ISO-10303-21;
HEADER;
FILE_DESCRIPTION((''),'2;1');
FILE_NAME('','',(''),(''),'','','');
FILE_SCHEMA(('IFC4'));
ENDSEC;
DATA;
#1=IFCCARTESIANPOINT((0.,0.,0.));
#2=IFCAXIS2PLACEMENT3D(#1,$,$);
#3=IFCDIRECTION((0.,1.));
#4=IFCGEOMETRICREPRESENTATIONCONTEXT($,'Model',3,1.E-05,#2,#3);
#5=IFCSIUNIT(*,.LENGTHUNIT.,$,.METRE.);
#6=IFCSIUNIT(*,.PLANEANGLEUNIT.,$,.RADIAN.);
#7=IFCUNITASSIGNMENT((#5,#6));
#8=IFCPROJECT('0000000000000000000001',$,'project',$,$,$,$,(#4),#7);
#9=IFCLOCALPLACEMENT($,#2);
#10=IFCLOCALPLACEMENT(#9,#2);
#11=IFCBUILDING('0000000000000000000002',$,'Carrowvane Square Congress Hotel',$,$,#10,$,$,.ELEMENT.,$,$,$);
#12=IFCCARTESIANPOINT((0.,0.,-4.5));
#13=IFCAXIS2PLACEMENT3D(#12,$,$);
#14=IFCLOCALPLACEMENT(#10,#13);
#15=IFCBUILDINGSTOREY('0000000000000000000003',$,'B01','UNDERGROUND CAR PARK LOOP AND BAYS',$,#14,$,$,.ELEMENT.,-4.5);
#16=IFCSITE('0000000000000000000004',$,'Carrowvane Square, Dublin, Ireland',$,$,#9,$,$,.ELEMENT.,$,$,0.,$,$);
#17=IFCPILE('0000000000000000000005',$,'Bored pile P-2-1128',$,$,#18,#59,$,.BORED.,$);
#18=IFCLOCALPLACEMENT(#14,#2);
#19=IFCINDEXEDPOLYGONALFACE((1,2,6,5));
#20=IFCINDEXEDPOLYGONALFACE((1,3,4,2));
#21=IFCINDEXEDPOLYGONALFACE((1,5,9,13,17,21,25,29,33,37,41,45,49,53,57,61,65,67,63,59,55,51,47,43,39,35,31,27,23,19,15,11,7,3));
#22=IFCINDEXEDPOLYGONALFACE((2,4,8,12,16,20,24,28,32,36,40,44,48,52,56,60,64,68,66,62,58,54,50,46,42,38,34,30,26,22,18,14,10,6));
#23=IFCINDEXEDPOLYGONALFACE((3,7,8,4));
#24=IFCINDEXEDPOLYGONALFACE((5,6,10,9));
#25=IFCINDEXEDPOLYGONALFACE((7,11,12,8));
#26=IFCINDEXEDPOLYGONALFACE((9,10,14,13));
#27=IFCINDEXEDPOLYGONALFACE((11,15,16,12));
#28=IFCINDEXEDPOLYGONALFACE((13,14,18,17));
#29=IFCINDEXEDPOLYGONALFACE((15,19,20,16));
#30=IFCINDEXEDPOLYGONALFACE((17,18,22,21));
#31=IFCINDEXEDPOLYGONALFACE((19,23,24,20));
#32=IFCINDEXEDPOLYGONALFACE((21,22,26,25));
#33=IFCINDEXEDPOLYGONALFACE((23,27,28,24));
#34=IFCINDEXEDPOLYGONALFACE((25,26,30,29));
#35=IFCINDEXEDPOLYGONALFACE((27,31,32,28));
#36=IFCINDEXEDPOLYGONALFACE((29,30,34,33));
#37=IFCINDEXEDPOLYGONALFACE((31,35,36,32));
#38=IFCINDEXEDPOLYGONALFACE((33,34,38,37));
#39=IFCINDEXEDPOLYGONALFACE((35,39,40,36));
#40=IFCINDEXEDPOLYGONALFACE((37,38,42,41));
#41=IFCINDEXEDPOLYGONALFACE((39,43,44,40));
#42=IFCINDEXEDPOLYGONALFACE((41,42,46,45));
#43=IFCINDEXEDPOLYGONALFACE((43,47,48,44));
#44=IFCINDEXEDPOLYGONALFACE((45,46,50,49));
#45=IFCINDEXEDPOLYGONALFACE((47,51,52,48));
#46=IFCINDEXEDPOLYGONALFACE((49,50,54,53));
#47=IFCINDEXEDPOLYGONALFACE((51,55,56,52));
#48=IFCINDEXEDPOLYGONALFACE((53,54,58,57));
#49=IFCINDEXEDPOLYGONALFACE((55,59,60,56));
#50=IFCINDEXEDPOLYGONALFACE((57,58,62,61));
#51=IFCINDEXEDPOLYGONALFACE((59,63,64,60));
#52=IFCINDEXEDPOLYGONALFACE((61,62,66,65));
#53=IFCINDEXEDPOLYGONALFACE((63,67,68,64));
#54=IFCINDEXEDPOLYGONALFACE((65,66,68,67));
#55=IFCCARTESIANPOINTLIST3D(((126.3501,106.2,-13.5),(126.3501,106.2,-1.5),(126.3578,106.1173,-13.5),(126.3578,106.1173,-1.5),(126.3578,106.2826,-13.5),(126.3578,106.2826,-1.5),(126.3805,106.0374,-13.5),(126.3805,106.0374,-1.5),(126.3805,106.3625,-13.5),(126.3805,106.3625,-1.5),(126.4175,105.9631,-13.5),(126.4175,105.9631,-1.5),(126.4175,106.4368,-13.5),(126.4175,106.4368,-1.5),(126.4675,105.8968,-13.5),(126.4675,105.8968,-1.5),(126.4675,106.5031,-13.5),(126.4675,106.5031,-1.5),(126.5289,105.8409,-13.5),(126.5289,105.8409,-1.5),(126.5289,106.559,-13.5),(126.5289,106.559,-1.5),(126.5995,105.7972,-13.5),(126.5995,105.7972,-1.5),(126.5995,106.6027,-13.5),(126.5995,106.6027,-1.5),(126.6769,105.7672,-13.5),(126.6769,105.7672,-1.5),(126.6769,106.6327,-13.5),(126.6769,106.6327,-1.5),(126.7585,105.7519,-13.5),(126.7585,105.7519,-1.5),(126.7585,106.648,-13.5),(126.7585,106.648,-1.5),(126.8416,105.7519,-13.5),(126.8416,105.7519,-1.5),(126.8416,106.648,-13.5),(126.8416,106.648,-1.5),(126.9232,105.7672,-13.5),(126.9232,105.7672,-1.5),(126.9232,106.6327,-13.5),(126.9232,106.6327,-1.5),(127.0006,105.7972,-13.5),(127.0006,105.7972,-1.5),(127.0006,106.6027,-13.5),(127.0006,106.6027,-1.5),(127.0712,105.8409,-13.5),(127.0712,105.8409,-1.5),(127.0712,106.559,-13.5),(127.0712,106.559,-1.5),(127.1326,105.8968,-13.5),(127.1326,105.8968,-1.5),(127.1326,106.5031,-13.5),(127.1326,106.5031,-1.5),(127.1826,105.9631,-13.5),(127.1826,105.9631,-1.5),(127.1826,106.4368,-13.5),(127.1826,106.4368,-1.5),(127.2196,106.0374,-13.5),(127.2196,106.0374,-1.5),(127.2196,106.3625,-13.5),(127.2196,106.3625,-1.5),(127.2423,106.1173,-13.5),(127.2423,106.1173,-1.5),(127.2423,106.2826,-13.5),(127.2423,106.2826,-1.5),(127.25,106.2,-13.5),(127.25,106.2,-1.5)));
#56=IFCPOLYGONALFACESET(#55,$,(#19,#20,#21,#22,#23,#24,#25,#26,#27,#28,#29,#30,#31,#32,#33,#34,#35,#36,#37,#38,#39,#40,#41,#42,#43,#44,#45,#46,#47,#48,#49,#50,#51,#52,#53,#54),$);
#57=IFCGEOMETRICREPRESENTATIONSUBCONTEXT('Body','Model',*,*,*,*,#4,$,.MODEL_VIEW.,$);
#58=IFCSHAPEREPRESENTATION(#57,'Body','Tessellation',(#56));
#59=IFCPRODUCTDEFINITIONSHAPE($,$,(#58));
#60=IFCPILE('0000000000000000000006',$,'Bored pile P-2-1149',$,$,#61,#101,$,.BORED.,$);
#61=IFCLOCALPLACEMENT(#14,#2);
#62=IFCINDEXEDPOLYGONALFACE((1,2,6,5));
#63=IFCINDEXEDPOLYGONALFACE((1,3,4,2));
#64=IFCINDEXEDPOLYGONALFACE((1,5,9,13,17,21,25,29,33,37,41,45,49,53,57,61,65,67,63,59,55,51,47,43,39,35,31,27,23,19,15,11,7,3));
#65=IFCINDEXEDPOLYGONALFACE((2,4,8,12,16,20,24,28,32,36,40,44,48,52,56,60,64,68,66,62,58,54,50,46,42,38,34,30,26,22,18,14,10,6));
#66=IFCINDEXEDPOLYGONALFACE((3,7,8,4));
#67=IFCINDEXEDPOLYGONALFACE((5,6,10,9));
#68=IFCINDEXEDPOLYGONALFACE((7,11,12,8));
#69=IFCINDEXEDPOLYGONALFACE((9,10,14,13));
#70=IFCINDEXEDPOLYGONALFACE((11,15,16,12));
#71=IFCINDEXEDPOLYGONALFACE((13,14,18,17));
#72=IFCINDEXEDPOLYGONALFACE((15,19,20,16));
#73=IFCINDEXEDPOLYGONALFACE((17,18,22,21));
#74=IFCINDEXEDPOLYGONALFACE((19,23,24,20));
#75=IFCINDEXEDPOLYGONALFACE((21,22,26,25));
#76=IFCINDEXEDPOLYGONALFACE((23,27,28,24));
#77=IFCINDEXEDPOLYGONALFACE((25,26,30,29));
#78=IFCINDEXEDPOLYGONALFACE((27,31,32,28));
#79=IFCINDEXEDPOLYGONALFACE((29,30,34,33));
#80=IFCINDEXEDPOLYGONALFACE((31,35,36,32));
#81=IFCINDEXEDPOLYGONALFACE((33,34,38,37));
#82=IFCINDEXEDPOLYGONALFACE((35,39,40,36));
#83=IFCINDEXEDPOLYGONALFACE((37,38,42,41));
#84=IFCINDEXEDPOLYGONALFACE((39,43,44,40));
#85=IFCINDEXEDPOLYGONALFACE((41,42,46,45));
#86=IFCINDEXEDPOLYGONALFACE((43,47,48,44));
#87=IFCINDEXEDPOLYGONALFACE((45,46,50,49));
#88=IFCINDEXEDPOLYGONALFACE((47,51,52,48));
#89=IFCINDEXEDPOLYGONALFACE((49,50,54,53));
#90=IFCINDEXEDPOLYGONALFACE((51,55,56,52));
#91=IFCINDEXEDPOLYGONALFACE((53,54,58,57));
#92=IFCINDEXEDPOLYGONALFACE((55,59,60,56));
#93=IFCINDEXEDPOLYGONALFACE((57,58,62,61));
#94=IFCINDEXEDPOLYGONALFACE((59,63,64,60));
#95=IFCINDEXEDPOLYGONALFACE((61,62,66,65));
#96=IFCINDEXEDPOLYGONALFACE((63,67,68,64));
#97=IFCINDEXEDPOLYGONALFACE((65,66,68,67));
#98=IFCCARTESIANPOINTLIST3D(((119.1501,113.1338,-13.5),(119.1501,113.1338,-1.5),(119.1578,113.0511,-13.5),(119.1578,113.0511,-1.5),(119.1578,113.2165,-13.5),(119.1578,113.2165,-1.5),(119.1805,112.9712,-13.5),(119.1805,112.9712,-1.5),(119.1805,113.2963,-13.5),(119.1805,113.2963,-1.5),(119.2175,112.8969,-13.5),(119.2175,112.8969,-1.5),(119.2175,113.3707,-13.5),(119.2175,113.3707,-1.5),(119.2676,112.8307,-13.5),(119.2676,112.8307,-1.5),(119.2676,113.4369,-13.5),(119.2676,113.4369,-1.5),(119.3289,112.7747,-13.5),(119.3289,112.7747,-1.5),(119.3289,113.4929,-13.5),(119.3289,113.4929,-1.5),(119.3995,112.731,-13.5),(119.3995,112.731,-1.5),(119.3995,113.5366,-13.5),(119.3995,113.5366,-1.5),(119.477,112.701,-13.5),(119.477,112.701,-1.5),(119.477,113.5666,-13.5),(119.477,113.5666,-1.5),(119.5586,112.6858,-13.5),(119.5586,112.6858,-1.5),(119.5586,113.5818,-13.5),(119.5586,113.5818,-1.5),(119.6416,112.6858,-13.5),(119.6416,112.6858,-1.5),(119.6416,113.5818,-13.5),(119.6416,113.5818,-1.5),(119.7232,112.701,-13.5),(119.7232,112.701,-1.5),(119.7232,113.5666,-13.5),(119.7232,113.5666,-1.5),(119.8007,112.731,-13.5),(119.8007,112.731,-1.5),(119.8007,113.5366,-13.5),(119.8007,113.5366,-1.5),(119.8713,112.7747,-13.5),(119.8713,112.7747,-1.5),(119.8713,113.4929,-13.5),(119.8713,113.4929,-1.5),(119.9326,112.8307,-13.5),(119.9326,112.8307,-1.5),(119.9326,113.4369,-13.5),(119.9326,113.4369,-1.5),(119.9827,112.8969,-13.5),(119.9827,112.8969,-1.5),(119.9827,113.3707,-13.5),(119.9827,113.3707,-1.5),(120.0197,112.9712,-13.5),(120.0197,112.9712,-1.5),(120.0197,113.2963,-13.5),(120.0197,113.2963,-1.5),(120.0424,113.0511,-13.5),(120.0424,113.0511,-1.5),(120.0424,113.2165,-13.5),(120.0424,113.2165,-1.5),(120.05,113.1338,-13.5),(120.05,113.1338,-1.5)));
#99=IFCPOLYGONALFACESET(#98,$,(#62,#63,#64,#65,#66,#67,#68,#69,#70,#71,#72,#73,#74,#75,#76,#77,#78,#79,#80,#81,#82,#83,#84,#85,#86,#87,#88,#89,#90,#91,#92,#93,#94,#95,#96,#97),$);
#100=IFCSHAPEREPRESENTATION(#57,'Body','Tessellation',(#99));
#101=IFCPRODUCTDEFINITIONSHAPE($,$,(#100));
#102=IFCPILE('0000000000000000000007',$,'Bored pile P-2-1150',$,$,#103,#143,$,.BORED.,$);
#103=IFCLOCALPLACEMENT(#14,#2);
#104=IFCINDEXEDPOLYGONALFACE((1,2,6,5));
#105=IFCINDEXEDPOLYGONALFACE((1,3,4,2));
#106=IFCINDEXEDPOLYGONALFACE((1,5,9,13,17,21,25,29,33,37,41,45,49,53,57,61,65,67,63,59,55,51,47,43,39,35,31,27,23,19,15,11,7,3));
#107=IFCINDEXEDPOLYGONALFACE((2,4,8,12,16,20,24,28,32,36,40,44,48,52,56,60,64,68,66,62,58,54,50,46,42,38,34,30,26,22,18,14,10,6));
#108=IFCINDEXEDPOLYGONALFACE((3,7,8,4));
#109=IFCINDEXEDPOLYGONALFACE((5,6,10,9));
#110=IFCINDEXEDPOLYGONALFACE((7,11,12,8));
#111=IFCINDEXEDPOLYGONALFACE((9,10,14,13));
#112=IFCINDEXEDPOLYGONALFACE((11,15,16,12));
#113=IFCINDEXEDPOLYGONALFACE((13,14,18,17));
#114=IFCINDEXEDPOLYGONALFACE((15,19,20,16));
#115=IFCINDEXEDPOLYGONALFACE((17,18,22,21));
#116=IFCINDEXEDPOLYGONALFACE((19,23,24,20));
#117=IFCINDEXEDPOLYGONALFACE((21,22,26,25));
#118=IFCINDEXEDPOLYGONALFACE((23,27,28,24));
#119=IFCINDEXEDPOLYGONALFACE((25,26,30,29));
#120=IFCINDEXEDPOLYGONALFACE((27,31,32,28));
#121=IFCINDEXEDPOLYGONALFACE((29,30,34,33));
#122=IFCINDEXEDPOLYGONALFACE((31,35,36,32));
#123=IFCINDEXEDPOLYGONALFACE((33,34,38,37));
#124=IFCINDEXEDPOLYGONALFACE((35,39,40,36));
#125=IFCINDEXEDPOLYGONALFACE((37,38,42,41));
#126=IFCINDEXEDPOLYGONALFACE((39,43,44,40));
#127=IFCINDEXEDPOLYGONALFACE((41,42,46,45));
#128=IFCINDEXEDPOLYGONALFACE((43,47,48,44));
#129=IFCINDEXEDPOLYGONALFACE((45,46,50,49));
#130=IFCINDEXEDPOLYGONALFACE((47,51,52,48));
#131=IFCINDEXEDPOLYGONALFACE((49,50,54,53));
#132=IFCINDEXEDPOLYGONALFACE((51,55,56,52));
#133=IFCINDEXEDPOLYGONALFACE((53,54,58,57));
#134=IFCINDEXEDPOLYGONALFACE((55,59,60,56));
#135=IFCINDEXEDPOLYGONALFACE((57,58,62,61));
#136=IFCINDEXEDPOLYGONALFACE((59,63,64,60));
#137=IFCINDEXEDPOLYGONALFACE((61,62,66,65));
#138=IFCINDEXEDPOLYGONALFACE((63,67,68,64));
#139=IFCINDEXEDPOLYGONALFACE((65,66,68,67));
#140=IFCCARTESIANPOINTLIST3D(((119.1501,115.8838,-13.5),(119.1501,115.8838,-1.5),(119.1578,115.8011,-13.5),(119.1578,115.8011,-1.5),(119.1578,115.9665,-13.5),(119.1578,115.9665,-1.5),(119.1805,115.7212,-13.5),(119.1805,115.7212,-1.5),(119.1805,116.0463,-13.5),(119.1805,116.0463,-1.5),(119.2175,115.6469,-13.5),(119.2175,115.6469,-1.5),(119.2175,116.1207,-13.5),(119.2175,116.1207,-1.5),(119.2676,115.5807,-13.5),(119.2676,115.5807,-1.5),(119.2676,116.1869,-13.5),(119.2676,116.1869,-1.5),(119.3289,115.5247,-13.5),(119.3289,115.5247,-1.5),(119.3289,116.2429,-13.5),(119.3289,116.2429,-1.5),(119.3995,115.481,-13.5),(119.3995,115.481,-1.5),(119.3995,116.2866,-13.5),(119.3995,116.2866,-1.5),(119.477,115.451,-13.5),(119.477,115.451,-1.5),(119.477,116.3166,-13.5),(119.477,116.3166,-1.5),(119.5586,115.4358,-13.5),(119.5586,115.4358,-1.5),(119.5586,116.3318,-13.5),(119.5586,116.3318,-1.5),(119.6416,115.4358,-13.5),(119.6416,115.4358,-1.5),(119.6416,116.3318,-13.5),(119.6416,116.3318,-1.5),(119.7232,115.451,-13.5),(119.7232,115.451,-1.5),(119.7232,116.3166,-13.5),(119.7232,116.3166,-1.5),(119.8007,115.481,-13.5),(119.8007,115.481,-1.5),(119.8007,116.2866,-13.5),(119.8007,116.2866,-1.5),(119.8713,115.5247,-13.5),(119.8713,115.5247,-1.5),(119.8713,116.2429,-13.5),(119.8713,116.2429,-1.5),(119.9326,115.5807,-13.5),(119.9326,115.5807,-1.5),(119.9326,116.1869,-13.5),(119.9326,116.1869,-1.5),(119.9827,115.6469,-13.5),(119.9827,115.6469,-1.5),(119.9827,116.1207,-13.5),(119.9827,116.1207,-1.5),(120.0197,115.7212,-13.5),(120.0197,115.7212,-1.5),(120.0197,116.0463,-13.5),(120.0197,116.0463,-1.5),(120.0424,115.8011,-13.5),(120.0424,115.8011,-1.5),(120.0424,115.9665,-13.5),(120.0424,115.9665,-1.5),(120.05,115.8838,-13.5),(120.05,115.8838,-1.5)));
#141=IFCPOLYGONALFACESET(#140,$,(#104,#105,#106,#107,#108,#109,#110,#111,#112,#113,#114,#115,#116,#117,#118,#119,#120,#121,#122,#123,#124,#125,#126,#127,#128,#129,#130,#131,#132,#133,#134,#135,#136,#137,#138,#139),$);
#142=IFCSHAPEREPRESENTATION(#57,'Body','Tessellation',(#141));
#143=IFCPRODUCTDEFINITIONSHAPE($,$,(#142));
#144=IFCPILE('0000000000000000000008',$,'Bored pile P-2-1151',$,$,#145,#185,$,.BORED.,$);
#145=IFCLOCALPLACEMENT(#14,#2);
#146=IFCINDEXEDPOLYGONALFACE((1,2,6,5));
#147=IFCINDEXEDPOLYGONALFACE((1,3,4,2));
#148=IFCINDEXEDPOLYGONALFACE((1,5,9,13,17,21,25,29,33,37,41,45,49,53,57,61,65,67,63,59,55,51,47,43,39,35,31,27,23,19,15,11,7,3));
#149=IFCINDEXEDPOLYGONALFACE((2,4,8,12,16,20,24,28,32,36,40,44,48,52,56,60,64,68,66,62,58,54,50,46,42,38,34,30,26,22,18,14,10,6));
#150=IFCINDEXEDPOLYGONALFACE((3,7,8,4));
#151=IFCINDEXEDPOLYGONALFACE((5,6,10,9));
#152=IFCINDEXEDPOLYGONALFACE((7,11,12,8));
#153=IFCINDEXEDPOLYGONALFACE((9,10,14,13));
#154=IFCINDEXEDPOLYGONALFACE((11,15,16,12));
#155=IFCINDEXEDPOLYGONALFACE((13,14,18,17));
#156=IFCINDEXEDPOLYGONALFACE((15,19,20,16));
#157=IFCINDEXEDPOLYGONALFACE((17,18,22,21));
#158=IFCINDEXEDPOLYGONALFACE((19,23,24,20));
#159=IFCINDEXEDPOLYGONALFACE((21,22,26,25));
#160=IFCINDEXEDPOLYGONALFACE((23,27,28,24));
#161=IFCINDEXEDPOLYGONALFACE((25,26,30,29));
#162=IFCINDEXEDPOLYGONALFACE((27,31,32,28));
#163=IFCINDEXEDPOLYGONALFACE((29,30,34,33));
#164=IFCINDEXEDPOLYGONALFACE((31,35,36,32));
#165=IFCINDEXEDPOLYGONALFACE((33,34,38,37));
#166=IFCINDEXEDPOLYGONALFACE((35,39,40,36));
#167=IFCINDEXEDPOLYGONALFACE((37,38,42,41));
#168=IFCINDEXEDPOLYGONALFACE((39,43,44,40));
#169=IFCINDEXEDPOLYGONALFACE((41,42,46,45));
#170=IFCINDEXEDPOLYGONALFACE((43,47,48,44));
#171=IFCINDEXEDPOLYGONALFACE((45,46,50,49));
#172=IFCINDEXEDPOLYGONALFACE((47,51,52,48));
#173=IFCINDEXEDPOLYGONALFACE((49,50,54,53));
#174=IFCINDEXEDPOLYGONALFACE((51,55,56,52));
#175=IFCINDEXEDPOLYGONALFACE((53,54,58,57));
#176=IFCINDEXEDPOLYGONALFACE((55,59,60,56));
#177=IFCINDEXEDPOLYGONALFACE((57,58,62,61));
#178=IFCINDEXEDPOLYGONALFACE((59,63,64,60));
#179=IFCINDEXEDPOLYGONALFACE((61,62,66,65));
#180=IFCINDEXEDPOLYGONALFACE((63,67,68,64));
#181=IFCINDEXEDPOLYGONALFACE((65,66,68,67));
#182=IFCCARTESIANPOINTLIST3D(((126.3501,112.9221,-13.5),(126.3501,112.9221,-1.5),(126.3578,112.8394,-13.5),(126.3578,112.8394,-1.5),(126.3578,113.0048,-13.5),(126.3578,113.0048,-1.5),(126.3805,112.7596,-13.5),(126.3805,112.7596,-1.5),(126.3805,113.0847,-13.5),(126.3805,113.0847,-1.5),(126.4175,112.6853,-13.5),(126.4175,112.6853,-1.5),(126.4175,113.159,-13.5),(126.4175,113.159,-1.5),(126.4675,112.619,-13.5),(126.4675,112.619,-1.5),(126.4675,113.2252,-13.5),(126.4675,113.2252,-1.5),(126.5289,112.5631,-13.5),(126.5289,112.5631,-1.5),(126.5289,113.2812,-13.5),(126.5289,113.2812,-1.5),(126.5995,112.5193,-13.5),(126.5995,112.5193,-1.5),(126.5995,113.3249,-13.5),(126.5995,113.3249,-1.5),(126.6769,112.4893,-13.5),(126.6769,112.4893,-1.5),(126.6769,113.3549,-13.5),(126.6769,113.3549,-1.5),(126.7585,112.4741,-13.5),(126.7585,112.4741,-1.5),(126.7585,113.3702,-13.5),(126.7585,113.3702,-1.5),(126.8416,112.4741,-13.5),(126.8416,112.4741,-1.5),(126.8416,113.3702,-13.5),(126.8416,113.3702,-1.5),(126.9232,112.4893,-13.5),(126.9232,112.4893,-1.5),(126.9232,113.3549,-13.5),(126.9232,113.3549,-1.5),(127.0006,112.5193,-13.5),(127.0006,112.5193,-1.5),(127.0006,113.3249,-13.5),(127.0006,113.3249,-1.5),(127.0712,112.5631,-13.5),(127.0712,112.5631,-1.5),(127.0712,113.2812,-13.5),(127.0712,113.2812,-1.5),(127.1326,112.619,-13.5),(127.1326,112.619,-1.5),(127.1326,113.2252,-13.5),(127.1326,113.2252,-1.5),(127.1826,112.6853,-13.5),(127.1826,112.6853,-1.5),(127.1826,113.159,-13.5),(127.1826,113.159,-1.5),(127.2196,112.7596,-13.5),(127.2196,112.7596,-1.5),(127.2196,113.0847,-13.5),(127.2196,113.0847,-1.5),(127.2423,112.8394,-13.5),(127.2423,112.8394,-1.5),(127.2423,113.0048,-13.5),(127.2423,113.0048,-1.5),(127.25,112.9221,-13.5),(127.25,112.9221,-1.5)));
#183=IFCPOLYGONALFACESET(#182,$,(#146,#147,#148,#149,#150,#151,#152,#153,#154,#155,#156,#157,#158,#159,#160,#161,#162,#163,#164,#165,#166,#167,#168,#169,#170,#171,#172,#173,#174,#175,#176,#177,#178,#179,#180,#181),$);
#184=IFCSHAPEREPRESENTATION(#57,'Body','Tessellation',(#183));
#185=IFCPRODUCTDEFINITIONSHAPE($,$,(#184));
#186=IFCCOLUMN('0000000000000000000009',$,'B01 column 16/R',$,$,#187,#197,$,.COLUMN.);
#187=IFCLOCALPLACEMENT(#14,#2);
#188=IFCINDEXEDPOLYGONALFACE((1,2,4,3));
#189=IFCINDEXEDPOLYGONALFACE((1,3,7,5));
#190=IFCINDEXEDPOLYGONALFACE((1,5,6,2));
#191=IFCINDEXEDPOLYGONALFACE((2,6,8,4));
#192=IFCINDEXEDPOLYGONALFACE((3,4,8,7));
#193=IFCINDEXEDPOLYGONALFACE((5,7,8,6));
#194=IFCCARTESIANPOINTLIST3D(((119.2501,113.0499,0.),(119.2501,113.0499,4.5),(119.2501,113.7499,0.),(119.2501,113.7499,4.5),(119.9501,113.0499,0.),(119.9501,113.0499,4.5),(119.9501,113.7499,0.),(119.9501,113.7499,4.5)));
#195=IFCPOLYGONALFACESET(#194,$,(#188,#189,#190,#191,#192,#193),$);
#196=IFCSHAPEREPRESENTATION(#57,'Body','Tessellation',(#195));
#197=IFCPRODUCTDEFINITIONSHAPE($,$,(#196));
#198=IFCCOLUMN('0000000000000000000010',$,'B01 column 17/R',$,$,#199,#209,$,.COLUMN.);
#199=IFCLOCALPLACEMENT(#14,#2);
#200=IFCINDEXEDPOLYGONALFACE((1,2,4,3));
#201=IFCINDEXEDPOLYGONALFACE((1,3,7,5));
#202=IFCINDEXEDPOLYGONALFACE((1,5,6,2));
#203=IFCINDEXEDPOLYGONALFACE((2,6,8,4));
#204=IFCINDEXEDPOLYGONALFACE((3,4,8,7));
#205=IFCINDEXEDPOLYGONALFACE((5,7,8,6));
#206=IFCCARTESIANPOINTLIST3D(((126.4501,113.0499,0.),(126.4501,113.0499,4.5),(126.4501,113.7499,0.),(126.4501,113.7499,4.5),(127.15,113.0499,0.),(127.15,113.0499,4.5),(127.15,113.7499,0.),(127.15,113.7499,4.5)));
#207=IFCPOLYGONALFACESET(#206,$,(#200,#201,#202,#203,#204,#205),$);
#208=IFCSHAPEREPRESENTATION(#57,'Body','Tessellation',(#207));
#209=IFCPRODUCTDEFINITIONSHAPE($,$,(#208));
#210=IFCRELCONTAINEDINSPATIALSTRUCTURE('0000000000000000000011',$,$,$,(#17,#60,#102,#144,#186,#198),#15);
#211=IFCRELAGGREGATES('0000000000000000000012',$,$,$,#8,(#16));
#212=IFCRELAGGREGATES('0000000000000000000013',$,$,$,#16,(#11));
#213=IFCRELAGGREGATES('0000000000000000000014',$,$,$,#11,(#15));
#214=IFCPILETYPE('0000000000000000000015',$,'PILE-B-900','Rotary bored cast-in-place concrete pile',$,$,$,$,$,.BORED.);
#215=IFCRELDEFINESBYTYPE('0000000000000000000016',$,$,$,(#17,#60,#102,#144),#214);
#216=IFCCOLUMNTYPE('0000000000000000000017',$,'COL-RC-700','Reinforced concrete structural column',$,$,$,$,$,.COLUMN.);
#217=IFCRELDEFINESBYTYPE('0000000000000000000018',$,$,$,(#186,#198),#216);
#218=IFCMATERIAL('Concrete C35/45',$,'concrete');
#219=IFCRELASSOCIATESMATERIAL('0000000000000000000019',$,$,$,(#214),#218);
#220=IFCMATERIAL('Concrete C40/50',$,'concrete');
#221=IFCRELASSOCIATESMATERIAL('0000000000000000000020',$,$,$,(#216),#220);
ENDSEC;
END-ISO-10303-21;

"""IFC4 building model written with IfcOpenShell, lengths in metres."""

from ifc_helpers import new_model, si_unit, direction, frame, origin, origin_2d, place, context, subcontext, project, spatial, rectangle, circle, extrude, material, material_profile, profile_set, type_object, element, save


model = new_model("IFC4")

# Units and contexts
model_context = context("Model", 3, precision=1e-05, world=origin(), true_north=direction((0.0, 1.0)))
body_context = subcontext(model_context, "Body", "Model", "MODEL_VIEW")
ifc_project = project(units=[si_unit("LENGTHUNIT", "METRE"), si_unit("PLANEANGLEUNIT", "RADIAN")], contexts=[model_context])

# Site, building, storey
site_placement = place(None, origin())
site = spatial("IfcSite", under=ifc_project, at=site_placement, Name="Carrowvane Square, Dublin, Ireland", CompositionType="ELEMENT", RefElevation=0.0)
building_placement = place(site_placement, origin())
building = spatial("IfcBuilding", under=site, at=building_placement, Name="Carrowvane Square Congress Hotel", CompositionType="ELEMENT")
storey_placement = place(building_placement, frame((0.0, 0.0, -4.5)))
storey = spatial("IfcBuildingStorey", under=building, at=storey_placement, Name="B01", Description="UNDERGROUND CAR PARK LOOP AND BAYS", CompositionType="ELEMENT", Elevation=-4.5)

# Piles
ifc_material_1 = material(Name="Concrete C35/45", Category="concrete")
ifc_material_profile_1 = material_profile(ifc_material_1, circle(Radius=0.45, at=origin_2d()), Name="PILE D900")
ifc_profile_set_1 = profile_set([ifc_material_profile_1], Name="Concrete C35/45")
pile_type_1 = type_object("IfcPileType", Name="PILE-B-900", Description="Rotary bored cast-in-place concrete pile", PredefinedType="BORED", material=ifc_profile_set_1)
for number, where, z_axis, x_axis, name in (
    (1, (126.8, 106.2, -1.5), (0.0, 0.0, -1.0), (1.0, 0.0, 0.0), "Bored pile P-2-1128"),
    (2, (119.6001, 113.1338, -1.5), (0.0, 0.0, -1.0), (1.0, 0.0, 0.0), "Bored pile P-2-1149"),
    (3, (119.6001, 115.8838, -1.5), (0.0, 0.0, -1.0), (1.0, 0.0, 0.0), "Bored pile P-2-1150"),
    (4, (126.8, 112.9221, -1.5), (0.0, 0.0, -1.0), (1.0, 0.0, 0.0), "Bored pile P-2-1151"),
):
    element("IfcPile", number, at=place(storey_placement, frame(where, z_axis=z_axis, x_axis=x_axis)), inside=storey, type_object=pile_type_1, Name=name, PredefinedType="BORED", context=body_context, shape_type="SweptSolid", body=[
        extrude(circle(Radius=0.45, at=origin_2d()), origin(), (0.0, 0.0, 1.0), 12.0),
    ])

# Columns
ifc_material_2 = material(Name="Concrete C40/50", Category="concrete")
ifc_material_profile_2 = material_profile(ifc_material_2, rectangle(XDim=0.7, YDim=0.7, at=origin_2d()), Name="RC 700x700")
ifc_profile_set_2 = profile_set([ifc_material_profile_2], Name="Concrete C40/50")
column_type_1 = type_object("IfcColumnType", Name="COL-RC-700", Description="Reinforced concrete structural column", PredefinedType="COLUMN", material=ifc_profile_set_2)
for number, where, z_axis, x_axis, name in (
    (5, (119.6001, 113.3999, 0.0), (0.0, 0.0, 1.0), (1.0, 0.0, 0.0), "B01 column 16/R"),
    (6, (126.8, 113.3999, 0.0), (0.0, 0.0, 1.0), (1.0, 0.0, 0.0), "B01 column 17/R"),
):
    element("IfcColumn", number, at=place(storey_placement, frame(where, z_axis=z_axis, x_axis=x_axis)), inside=storey, type_object=column_type_1, Name=name, PredefinedType="COLUMN", context=body_context, shape_type="SweptSolid", body=[
        extrude(rectangle(XDim=0.7, YDim=0.7, at=origin_2d()), origin(), (0.0, 0.0, 1.0), 4.5),
    ])

save(model, "model.ifc")
